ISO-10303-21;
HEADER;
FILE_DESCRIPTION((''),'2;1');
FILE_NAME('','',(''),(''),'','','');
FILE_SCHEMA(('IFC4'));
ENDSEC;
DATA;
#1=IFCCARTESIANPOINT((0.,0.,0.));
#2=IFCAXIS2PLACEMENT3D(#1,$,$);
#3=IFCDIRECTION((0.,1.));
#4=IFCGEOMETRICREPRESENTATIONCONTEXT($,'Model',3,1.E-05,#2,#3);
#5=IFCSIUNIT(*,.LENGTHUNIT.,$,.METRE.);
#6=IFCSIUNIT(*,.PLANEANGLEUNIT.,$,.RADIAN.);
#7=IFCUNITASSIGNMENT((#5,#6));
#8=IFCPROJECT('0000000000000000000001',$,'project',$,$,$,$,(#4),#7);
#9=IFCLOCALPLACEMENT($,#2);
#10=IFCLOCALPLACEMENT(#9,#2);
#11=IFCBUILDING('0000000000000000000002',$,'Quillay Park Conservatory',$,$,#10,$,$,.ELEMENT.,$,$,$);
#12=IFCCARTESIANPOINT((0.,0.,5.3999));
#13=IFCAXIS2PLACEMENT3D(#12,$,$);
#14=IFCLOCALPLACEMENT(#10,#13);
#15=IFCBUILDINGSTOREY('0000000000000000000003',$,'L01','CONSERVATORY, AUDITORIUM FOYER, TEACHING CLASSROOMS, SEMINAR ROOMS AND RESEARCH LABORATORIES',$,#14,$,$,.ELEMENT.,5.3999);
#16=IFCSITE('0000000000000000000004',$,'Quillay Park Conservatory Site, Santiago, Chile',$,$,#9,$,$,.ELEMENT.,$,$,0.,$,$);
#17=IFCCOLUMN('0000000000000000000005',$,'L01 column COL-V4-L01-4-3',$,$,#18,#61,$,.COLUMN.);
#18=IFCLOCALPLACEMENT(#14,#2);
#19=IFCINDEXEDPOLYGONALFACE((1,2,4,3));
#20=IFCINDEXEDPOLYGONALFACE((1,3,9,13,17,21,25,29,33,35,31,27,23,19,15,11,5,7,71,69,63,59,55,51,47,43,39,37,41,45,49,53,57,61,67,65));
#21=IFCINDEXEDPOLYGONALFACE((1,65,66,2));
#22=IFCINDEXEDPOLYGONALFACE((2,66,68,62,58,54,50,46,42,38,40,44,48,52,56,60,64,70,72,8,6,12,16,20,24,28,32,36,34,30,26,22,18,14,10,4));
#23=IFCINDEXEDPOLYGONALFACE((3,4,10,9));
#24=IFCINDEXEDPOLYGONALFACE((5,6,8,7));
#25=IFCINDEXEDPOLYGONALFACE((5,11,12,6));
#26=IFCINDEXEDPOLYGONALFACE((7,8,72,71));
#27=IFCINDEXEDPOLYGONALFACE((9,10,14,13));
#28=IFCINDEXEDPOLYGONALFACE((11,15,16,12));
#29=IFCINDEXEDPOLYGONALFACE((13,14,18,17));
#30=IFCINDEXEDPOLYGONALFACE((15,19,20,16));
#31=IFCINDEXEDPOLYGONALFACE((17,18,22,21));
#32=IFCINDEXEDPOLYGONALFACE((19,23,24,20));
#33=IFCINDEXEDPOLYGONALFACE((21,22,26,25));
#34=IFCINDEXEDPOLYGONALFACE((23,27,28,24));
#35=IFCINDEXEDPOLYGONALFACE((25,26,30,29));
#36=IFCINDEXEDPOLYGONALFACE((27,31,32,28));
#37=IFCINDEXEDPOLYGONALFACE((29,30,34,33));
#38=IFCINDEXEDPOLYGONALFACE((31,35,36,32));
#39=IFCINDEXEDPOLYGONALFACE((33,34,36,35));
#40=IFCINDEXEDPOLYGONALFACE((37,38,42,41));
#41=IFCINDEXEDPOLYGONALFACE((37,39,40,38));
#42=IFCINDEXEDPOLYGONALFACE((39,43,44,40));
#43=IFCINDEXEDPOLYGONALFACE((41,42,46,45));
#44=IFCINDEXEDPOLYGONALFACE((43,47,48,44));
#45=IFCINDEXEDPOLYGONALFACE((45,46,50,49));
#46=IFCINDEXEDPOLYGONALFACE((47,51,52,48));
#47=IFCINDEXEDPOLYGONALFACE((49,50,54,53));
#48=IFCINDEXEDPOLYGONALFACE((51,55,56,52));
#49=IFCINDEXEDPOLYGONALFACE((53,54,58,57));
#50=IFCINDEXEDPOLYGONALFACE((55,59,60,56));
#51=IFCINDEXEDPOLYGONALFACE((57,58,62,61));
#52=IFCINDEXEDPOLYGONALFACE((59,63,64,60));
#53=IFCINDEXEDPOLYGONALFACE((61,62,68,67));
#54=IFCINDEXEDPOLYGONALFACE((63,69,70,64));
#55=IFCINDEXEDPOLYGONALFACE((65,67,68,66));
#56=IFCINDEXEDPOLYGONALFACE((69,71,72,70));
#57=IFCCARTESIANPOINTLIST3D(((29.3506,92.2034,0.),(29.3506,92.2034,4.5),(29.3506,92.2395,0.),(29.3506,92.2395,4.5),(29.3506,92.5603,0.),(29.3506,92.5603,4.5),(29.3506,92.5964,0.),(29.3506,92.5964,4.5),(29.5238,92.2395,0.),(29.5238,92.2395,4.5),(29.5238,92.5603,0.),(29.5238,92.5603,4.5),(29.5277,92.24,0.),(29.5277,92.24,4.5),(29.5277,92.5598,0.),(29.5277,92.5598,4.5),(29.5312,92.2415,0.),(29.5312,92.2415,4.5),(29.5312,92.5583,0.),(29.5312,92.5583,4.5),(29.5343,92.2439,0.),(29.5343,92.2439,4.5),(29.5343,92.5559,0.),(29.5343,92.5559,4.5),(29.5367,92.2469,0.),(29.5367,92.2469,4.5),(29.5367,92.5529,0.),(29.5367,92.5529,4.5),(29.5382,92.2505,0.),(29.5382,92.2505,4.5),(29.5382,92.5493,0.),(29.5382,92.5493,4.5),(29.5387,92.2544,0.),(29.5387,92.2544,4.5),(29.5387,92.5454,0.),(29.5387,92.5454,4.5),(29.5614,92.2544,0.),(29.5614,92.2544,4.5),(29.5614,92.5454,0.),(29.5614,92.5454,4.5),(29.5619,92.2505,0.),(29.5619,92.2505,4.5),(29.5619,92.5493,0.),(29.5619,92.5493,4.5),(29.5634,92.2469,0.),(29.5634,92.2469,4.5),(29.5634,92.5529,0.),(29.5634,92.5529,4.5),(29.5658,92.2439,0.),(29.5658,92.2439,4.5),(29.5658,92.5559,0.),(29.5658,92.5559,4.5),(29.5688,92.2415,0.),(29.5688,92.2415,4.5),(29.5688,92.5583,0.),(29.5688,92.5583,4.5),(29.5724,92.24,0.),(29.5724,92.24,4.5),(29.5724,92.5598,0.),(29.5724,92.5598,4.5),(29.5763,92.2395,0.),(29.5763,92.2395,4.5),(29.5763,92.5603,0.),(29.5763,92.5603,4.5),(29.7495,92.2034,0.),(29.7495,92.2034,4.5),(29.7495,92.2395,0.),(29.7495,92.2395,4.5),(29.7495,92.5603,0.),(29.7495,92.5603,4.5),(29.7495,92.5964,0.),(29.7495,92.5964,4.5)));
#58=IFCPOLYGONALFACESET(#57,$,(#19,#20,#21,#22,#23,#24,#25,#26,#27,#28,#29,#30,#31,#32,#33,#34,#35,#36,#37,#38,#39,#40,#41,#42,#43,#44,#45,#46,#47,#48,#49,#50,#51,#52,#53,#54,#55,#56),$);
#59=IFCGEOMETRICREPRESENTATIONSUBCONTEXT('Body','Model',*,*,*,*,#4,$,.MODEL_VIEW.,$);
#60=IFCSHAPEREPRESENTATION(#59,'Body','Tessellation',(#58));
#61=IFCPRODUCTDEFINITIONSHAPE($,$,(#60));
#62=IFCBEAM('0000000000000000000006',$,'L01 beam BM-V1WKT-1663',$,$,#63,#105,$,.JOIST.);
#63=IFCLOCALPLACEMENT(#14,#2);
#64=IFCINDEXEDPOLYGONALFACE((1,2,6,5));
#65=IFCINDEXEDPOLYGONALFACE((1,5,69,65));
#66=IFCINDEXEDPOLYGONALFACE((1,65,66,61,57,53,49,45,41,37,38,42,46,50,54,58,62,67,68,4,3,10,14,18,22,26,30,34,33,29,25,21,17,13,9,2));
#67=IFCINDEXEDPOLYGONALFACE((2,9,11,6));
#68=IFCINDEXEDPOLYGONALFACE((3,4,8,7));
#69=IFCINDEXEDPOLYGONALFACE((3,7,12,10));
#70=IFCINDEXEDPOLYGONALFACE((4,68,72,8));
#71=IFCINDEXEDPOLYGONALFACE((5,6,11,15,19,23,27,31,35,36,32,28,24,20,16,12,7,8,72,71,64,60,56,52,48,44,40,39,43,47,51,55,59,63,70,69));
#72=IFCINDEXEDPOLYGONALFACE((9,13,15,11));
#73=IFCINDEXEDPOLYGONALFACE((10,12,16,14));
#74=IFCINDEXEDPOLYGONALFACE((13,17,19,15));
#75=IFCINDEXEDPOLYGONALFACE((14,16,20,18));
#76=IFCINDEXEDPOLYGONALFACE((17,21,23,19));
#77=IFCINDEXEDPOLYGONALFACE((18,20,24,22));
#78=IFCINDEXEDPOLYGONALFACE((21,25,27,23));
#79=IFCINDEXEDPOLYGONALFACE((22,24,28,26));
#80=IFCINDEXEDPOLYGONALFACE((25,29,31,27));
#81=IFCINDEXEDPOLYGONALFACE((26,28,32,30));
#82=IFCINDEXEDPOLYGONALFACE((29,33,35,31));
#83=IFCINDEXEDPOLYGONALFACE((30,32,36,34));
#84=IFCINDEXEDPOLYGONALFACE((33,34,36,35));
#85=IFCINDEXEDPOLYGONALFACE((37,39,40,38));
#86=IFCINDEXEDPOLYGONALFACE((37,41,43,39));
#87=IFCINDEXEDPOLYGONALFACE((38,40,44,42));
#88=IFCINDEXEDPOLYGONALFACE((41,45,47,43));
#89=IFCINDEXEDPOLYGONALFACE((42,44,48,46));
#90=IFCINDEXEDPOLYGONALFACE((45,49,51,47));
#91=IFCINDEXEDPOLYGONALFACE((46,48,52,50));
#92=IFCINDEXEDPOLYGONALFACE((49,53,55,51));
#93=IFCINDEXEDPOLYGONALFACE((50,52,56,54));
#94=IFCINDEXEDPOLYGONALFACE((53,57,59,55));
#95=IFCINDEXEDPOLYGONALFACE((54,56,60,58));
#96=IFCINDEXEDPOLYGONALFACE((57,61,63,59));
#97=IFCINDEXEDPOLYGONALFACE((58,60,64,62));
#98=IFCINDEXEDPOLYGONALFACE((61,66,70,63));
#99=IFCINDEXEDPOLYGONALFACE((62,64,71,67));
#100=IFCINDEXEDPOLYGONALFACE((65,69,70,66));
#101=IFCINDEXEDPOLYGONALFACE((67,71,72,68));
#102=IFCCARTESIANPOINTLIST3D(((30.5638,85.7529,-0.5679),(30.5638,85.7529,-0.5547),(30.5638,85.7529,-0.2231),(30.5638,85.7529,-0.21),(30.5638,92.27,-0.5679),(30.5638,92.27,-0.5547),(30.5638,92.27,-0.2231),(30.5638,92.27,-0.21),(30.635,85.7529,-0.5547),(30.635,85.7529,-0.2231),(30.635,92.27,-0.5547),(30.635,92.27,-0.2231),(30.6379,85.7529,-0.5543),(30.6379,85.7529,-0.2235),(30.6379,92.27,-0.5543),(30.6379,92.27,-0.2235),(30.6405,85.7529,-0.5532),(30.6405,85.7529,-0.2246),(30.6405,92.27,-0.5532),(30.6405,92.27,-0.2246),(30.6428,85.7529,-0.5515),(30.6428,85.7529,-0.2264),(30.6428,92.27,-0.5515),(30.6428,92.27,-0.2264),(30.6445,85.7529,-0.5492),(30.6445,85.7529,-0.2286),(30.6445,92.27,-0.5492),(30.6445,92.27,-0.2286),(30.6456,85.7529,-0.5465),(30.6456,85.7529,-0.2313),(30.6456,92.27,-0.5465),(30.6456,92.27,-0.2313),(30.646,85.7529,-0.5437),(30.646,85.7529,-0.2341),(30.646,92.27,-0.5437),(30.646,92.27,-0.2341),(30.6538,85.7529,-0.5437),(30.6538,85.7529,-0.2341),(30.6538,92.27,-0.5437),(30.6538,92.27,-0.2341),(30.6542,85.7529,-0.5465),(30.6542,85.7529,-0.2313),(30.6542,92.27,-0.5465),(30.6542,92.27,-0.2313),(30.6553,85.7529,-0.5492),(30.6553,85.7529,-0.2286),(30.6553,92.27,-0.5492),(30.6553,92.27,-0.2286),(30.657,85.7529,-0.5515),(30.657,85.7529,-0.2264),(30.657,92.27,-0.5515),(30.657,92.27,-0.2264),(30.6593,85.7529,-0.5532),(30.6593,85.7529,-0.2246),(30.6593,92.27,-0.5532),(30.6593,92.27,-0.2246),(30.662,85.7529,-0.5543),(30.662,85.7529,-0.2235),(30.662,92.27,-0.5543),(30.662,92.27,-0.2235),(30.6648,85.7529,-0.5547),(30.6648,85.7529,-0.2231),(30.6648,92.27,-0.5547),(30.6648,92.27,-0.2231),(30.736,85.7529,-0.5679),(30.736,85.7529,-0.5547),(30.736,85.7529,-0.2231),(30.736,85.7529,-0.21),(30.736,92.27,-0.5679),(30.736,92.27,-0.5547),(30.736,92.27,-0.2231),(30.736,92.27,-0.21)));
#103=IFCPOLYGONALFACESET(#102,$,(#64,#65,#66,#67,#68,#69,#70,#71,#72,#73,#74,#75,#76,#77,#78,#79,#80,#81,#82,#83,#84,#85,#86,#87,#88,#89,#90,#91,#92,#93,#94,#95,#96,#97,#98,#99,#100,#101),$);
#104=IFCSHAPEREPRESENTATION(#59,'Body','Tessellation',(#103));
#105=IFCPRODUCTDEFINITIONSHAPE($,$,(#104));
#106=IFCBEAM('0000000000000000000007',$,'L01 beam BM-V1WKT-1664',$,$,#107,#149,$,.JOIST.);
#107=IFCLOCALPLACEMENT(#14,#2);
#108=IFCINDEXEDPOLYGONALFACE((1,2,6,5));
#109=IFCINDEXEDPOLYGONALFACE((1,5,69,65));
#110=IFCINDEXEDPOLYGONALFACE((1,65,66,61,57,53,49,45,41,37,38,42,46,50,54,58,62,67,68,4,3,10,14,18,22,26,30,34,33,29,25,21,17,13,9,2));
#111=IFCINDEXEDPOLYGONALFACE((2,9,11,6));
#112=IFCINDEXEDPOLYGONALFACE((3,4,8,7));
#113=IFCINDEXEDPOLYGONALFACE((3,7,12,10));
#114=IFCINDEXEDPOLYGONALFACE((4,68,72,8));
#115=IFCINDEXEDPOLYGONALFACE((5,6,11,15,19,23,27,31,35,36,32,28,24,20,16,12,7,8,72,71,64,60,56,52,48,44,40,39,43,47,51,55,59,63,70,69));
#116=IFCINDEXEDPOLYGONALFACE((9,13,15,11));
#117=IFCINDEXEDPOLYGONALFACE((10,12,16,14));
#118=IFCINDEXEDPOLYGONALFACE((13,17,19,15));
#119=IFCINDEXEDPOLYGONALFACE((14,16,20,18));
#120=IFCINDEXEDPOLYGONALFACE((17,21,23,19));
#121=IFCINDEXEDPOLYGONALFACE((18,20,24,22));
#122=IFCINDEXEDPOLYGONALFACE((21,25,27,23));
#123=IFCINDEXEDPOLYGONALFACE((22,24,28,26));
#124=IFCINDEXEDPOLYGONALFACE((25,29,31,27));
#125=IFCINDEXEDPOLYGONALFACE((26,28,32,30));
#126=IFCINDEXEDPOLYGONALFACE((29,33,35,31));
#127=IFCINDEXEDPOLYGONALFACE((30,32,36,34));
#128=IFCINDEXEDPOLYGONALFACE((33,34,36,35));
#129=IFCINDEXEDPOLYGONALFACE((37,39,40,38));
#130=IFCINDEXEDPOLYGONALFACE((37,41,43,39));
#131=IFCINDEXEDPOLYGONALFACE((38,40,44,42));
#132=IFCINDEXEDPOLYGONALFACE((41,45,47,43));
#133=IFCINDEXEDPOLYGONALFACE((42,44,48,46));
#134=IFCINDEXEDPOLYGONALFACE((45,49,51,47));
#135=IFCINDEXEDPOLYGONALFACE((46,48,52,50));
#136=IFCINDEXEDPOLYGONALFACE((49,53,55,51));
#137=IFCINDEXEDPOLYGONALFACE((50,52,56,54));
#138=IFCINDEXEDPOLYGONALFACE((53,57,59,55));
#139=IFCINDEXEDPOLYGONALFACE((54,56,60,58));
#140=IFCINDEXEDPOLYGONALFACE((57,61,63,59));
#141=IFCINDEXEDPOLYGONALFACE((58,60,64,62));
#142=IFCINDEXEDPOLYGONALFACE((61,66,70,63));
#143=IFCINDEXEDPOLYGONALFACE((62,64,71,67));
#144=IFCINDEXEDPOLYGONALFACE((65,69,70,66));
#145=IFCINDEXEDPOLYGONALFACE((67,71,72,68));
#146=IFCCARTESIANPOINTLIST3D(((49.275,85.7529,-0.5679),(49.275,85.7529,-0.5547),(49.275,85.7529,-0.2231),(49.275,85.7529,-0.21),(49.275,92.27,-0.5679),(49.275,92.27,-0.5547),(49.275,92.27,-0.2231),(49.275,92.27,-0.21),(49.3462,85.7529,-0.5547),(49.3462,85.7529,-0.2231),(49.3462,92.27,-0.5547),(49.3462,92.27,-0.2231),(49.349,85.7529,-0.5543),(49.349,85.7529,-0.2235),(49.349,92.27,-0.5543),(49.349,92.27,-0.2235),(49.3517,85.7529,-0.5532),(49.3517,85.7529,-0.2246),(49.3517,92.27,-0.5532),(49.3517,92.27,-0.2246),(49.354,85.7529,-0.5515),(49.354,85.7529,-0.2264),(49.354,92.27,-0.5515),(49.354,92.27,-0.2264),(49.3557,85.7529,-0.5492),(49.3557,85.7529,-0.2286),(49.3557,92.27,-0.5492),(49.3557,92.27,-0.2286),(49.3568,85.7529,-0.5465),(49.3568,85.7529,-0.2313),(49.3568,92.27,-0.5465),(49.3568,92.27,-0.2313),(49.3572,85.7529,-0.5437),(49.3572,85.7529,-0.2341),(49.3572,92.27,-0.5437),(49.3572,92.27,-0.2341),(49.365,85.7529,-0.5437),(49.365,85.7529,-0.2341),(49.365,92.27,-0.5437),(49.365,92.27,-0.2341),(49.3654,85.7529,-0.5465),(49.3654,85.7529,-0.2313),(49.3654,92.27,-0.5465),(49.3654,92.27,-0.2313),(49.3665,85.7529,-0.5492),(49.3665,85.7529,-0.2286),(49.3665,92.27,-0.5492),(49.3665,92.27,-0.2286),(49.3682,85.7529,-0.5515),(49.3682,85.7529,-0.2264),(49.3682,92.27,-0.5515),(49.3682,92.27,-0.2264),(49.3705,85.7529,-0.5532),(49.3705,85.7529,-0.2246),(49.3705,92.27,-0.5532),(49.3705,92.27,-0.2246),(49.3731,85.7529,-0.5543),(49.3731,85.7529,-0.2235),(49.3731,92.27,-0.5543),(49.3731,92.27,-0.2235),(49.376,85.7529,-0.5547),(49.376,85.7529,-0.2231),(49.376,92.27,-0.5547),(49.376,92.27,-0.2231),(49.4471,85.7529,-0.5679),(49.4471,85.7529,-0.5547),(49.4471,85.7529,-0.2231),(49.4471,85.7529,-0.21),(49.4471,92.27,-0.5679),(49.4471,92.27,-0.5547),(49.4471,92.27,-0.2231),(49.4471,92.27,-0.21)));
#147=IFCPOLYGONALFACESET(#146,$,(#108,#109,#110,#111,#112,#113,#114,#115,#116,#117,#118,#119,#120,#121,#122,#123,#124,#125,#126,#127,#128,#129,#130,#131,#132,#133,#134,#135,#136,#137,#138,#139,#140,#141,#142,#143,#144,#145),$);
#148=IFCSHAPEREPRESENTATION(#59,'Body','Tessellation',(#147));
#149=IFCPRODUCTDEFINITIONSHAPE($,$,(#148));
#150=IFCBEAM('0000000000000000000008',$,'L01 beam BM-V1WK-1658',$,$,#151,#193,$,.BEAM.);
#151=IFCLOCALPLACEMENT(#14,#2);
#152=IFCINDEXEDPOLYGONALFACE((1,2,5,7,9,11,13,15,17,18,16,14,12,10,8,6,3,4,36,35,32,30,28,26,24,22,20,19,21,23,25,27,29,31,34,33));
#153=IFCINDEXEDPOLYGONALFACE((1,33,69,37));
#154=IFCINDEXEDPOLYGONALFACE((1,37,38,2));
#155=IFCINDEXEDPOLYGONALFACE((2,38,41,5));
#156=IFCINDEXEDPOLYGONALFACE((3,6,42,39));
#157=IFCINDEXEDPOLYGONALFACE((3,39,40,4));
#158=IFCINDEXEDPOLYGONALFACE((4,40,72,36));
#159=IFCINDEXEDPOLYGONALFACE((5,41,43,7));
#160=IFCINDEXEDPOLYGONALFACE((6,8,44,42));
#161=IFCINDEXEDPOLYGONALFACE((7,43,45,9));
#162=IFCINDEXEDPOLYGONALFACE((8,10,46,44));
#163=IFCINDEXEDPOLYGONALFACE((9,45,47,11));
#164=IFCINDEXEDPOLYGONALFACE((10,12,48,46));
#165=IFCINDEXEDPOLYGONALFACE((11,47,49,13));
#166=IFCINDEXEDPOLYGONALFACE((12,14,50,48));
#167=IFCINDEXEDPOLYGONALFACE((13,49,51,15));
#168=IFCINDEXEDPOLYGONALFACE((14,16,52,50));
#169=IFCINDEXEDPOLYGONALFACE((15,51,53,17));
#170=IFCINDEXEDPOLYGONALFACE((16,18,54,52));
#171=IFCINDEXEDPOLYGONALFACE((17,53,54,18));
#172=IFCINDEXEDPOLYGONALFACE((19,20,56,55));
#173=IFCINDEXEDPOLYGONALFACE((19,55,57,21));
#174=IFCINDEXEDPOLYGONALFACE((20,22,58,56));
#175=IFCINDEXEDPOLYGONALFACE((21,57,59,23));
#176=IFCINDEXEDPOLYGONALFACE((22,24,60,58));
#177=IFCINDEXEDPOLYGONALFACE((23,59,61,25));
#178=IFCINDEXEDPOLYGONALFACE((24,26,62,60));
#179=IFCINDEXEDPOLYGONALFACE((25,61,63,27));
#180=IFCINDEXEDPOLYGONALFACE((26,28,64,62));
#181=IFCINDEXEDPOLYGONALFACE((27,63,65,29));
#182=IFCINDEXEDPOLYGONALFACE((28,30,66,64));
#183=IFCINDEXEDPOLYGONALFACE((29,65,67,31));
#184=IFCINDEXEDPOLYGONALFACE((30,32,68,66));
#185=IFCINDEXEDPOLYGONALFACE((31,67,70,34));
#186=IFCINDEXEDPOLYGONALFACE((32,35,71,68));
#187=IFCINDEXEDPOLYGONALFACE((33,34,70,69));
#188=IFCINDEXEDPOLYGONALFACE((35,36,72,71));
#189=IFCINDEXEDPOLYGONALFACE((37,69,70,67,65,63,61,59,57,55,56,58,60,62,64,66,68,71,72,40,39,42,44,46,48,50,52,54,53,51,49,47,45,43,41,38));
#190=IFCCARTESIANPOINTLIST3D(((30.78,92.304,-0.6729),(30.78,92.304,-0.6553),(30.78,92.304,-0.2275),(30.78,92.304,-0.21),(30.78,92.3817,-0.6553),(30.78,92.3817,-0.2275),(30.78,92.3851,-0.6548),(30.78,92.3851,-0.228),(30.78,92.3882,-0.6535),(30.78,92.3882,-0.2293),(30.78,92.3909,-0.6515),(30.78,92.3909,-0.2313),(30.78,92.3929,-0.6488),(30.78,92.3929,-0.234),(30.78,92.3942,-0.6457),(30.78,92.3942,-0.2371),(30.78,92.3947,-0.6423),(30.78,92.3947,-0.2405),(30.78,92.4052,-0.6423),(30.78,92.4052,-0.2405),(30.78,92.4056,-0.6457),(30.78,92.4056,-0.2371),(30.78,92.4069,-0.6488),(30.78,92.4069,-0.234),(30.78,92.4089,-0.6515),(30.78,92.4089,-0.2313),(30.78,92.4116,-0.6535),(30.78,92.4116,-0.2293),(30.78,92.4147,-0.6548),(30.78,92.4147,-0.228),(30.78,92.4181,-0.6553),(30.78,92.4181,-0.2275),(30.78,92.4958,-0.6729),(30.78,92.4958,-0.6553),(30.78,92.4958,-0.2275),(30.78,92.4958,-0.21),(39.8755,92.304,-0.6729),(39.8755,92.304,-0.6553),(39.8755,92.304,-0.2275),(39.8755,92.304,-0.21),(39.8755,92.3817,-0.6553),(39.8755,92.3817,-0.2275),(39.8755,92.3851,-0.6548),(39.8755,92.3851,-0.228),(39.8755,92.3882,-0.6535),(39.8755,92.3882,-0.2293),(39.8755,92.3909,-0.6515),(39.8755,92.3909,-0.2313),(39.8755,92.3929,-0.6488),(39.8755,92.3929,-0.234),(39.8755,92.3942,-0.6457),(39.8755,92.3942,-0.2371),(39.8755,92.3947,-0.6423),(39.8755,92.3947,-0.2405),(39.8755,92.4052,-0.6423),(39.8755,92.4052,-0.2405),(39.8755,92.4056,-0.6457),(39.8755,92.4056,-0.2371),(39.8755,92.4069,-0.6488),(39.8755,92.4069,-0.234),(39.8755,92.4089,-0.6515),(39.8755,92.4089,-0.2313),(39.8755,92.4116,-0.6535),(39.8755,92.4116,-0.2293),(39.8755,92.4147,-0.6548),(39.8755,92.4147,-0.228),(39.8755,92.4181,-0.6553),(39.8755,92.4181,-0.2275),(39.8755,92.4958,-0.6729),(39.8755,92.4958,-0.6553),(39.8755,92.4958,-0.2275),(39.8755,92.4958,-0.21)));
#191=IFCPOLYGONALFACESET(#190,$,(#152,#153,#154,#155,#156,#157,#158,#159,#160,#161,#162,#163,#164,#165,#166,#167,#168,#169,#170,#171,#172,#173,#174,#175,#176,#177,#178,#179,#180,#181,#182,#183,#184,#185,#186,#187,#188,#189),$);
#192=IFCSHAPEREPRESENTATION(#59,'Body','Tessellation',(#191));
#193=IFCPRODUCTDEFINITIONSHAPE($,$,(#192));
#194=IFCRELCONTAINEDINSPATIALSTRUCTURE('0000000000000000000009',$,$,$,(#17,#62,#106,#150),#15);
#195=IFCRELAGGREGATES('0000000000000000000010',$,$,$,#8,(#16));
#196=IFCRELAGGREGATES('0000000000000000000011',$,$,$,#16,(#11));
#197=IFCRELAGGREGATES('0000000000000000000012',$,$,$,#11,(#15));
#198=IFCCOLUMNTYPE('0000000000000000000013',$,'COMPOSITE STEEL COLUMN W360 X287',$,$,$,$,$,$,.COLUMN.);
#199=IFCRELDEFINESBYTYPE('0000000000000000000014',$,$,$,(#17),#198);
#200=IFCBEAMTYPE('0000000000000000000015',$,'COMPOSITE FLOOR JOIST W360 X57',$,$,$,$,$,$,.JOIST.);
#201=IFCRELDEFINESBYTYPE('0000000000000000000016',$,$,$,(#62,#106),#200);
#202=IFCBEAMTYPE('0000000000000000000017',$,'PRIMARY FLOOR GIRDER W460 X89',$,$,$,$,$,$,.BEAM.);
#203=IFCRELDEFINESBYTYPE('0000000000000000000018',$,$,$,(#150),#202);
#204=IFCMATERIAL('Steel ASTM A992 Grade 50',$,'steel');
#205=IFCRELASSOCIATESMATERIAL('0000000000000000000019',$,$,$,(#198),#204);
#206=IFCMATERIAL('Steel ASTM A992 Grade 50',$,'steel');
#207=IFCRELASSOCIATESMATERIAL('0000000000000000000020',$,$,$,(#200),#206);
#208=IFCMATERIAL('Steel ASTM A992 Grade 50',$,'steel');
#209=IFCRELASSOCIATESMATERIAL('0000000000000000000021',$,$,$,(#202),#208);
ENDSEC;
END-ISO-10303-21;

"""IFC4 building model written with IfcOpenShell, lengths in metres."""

from ifc_helpers import new_model, si_unit, direction, frame, origin, origin_2d, place, context, subcontext, project, spatial, i_section, extrude, material, material_profile, profile_set, type_object, element, save


model = new_model("IFC4")

# Units and contexts
model_context = context("Model", 3, precision=1e-05, world=origin(), true_north=direction((0.0, 1.0)))
body_context = subcontext(model_context, "Body", "Model", "MODEL_VIEW")
ifc_project = project(units=[si_unit("LENGTHUNIT", "METRE"), si_unit("PLANEANGLEUNIT", "RADIAN")], contexts=[model_context])

# Site, building, storey
site_placement = place(None, origin())
site = spatial("IfcSite", under=ifc_project, at=site_placement, Name="Quillay Park Conservatory Site, Santiago, Chile", CompositionType="ELEMENT", RefElevation=0.0)
building_placement = place(site_placement, origin())
building = spatial("IfcBuilding", under=site, at=building_placement, Name="Quillay Park Conservatory", CompositionType="ELEMENT")
storey_placement = place(building_placement, frame((0.0, 0.0, 5.3999)))
storey = spatial("IfcBuildingStorey", under=building, at=storey_placement, Name="L01", Description="CONSERVATORY, AUDITORIUM FOYER, TEACHING CLASSROOMS, SEMINAR ROOMS AND RESEARCH LABORATORIES", CompositionType="ELEMENT", Elevation=5.3999)

# Column
ifc_material_1 = material(Name="Steel ASTM A992 Grade 50", Category="steel")
ifc_material_profile_1 = material_profile(ifc_material_1, i_section(OverallWidth=0.3989, OverallDepth=0.3931, WebThickness=0.0227, FlangeThickness=0.0361, FilletRadius=0.0149, at=origin_2d()), Name="W360x287")
ifc_profile_set_1 = profile_set([ifc_material_profile_1], Name="Steel ASTM A992 Grade 50")
column_type = type_object("IfcColumnType", Name="COMPOSITE STEEL COLUMN W360 X287", PredefinedType="COLUMN", material=ifc_profile_set_1)
column_placement = place(storey_placement, frame((29.55, 92.3999, 0.0), z_axis=(0.0, 0.0, 1.0), x_axis=(1.0, 0.0, 0.0)))
element("IfcColumn", 1, at=column_placement, inside=storey, type_object=column_type, Name="L01 column COL-V4-L01-4-3", PredefinedType="COLUMN", context=body_context, shape_type="SweptSolid", body=[
    extrude(i_section(OverallWidth=0.3989, OverallDepth=0.3931, WebThickness=0.0227, FlangeThickness=0.0361, FilletRadius=0.0149, at=origin_2d()), origin(), (0.0, 0.0, 1.0), 4.5),
])

# Beams
ifc_material_2 = material(Name="Steel ASTM A992 Grade 50", Category="steel")
ifc_material_profile_2 = material_profile(ifc_material_2, i_section(OverallWidth=0.1721, OverallDepth=0.3579, WebThickness=0.0078, FlangeThickness=0.0132, FilletRadius=0.011, at=origin_2d()), Name="W360x57")
ifc_profile_set_2 = profile_set([ifc_material_profile_2], Name="Steel ASTM A992 Grade 50")
beam_type_1 = type_object("IfcBeamType", Name="COMPOSITE FLOOR JOIST W360 X57", PredefinedType="JOIST", material=ifc_profile_set_2)
for number, where, z_axis, x_axis, name in (
    (2, (30.6499, 85.7529, -0.3889), (0.0, 1.0, 0.0), (-1.0, 0.0, 0.0), "L01 beam BM-V1WKT-1663"),
    (3, (49.3611, 85.7529, -0.3889), (0.0, 1.0, 0.0), (-1.0, 0.0, 0.0), "L01 beam BM-V1WKT-1664"),
):
    element("IfcBeam", number, at=place(storey_placement, frame(where, z_axis=z_axis, x_axis=x_axis)), inside=storey, type_object=beam_type_1, Name=name, PredefinedType="JOIST", context=body_context, shape_type="SweptSolid", body=[
        extrude(i_section(OverallWidth=0.1721, OverallDepth=0.3579, WebThickness=0.0078, FlangeThickness=0.0132, FilletRadius=0.011, at=origin_2d()), origin(), (0.0, 0.0, 1.0), 6.5171),
    ])
ifc_material_3 = material(Name="Steel ASTM A992 Grade 50", Category="steel")
ifc_material_profile_3 = material_profile(ifc_material_3, i_section(OverallWidth=0.1919, OverallDepth=0.4629, WebThickness=0.0105, FlangeThickness=0.0176, FilletRadius=0.0129, at=origin_2d()), Name="W460x89")
ifc_profile_set_3 = profile_set([ifc_material_profile_3], Name="Steel ASTM A992 Grade 50")
beam_type_2 = type_object("IfcBeamType", Name="PRIMARY FLOOR GIRDER W460 X89", PredefinedType="BEAM", material=ifc_profile_set_3)
beam_1_placement = place(storey_placement, frame((30.78, 92.3999, -0.4414), z_axis=(1.0, 0.0, 0.0), x_axis=(0.0, 1.0, 0.0)))
element("IfcBeam", 4, at=beam_1_placement, inside=storey, type_object=beam_type_2, Name="L01 beam BM-V1WK-1658", PredefinedType="BEAM", context=body_context, shape_type="SweptSolid", body=[
    extrude(i_section(OverallWidth=0.1919, OverallDepth=0.4629, WebThickness=0.0105, FlangeThickness=0.0176, FilletRadius=0.0129, at=origin_2d()), origin(), (0.0, 0.0, 1.0), 9.0955),
])

save(model, "model.ifc")
